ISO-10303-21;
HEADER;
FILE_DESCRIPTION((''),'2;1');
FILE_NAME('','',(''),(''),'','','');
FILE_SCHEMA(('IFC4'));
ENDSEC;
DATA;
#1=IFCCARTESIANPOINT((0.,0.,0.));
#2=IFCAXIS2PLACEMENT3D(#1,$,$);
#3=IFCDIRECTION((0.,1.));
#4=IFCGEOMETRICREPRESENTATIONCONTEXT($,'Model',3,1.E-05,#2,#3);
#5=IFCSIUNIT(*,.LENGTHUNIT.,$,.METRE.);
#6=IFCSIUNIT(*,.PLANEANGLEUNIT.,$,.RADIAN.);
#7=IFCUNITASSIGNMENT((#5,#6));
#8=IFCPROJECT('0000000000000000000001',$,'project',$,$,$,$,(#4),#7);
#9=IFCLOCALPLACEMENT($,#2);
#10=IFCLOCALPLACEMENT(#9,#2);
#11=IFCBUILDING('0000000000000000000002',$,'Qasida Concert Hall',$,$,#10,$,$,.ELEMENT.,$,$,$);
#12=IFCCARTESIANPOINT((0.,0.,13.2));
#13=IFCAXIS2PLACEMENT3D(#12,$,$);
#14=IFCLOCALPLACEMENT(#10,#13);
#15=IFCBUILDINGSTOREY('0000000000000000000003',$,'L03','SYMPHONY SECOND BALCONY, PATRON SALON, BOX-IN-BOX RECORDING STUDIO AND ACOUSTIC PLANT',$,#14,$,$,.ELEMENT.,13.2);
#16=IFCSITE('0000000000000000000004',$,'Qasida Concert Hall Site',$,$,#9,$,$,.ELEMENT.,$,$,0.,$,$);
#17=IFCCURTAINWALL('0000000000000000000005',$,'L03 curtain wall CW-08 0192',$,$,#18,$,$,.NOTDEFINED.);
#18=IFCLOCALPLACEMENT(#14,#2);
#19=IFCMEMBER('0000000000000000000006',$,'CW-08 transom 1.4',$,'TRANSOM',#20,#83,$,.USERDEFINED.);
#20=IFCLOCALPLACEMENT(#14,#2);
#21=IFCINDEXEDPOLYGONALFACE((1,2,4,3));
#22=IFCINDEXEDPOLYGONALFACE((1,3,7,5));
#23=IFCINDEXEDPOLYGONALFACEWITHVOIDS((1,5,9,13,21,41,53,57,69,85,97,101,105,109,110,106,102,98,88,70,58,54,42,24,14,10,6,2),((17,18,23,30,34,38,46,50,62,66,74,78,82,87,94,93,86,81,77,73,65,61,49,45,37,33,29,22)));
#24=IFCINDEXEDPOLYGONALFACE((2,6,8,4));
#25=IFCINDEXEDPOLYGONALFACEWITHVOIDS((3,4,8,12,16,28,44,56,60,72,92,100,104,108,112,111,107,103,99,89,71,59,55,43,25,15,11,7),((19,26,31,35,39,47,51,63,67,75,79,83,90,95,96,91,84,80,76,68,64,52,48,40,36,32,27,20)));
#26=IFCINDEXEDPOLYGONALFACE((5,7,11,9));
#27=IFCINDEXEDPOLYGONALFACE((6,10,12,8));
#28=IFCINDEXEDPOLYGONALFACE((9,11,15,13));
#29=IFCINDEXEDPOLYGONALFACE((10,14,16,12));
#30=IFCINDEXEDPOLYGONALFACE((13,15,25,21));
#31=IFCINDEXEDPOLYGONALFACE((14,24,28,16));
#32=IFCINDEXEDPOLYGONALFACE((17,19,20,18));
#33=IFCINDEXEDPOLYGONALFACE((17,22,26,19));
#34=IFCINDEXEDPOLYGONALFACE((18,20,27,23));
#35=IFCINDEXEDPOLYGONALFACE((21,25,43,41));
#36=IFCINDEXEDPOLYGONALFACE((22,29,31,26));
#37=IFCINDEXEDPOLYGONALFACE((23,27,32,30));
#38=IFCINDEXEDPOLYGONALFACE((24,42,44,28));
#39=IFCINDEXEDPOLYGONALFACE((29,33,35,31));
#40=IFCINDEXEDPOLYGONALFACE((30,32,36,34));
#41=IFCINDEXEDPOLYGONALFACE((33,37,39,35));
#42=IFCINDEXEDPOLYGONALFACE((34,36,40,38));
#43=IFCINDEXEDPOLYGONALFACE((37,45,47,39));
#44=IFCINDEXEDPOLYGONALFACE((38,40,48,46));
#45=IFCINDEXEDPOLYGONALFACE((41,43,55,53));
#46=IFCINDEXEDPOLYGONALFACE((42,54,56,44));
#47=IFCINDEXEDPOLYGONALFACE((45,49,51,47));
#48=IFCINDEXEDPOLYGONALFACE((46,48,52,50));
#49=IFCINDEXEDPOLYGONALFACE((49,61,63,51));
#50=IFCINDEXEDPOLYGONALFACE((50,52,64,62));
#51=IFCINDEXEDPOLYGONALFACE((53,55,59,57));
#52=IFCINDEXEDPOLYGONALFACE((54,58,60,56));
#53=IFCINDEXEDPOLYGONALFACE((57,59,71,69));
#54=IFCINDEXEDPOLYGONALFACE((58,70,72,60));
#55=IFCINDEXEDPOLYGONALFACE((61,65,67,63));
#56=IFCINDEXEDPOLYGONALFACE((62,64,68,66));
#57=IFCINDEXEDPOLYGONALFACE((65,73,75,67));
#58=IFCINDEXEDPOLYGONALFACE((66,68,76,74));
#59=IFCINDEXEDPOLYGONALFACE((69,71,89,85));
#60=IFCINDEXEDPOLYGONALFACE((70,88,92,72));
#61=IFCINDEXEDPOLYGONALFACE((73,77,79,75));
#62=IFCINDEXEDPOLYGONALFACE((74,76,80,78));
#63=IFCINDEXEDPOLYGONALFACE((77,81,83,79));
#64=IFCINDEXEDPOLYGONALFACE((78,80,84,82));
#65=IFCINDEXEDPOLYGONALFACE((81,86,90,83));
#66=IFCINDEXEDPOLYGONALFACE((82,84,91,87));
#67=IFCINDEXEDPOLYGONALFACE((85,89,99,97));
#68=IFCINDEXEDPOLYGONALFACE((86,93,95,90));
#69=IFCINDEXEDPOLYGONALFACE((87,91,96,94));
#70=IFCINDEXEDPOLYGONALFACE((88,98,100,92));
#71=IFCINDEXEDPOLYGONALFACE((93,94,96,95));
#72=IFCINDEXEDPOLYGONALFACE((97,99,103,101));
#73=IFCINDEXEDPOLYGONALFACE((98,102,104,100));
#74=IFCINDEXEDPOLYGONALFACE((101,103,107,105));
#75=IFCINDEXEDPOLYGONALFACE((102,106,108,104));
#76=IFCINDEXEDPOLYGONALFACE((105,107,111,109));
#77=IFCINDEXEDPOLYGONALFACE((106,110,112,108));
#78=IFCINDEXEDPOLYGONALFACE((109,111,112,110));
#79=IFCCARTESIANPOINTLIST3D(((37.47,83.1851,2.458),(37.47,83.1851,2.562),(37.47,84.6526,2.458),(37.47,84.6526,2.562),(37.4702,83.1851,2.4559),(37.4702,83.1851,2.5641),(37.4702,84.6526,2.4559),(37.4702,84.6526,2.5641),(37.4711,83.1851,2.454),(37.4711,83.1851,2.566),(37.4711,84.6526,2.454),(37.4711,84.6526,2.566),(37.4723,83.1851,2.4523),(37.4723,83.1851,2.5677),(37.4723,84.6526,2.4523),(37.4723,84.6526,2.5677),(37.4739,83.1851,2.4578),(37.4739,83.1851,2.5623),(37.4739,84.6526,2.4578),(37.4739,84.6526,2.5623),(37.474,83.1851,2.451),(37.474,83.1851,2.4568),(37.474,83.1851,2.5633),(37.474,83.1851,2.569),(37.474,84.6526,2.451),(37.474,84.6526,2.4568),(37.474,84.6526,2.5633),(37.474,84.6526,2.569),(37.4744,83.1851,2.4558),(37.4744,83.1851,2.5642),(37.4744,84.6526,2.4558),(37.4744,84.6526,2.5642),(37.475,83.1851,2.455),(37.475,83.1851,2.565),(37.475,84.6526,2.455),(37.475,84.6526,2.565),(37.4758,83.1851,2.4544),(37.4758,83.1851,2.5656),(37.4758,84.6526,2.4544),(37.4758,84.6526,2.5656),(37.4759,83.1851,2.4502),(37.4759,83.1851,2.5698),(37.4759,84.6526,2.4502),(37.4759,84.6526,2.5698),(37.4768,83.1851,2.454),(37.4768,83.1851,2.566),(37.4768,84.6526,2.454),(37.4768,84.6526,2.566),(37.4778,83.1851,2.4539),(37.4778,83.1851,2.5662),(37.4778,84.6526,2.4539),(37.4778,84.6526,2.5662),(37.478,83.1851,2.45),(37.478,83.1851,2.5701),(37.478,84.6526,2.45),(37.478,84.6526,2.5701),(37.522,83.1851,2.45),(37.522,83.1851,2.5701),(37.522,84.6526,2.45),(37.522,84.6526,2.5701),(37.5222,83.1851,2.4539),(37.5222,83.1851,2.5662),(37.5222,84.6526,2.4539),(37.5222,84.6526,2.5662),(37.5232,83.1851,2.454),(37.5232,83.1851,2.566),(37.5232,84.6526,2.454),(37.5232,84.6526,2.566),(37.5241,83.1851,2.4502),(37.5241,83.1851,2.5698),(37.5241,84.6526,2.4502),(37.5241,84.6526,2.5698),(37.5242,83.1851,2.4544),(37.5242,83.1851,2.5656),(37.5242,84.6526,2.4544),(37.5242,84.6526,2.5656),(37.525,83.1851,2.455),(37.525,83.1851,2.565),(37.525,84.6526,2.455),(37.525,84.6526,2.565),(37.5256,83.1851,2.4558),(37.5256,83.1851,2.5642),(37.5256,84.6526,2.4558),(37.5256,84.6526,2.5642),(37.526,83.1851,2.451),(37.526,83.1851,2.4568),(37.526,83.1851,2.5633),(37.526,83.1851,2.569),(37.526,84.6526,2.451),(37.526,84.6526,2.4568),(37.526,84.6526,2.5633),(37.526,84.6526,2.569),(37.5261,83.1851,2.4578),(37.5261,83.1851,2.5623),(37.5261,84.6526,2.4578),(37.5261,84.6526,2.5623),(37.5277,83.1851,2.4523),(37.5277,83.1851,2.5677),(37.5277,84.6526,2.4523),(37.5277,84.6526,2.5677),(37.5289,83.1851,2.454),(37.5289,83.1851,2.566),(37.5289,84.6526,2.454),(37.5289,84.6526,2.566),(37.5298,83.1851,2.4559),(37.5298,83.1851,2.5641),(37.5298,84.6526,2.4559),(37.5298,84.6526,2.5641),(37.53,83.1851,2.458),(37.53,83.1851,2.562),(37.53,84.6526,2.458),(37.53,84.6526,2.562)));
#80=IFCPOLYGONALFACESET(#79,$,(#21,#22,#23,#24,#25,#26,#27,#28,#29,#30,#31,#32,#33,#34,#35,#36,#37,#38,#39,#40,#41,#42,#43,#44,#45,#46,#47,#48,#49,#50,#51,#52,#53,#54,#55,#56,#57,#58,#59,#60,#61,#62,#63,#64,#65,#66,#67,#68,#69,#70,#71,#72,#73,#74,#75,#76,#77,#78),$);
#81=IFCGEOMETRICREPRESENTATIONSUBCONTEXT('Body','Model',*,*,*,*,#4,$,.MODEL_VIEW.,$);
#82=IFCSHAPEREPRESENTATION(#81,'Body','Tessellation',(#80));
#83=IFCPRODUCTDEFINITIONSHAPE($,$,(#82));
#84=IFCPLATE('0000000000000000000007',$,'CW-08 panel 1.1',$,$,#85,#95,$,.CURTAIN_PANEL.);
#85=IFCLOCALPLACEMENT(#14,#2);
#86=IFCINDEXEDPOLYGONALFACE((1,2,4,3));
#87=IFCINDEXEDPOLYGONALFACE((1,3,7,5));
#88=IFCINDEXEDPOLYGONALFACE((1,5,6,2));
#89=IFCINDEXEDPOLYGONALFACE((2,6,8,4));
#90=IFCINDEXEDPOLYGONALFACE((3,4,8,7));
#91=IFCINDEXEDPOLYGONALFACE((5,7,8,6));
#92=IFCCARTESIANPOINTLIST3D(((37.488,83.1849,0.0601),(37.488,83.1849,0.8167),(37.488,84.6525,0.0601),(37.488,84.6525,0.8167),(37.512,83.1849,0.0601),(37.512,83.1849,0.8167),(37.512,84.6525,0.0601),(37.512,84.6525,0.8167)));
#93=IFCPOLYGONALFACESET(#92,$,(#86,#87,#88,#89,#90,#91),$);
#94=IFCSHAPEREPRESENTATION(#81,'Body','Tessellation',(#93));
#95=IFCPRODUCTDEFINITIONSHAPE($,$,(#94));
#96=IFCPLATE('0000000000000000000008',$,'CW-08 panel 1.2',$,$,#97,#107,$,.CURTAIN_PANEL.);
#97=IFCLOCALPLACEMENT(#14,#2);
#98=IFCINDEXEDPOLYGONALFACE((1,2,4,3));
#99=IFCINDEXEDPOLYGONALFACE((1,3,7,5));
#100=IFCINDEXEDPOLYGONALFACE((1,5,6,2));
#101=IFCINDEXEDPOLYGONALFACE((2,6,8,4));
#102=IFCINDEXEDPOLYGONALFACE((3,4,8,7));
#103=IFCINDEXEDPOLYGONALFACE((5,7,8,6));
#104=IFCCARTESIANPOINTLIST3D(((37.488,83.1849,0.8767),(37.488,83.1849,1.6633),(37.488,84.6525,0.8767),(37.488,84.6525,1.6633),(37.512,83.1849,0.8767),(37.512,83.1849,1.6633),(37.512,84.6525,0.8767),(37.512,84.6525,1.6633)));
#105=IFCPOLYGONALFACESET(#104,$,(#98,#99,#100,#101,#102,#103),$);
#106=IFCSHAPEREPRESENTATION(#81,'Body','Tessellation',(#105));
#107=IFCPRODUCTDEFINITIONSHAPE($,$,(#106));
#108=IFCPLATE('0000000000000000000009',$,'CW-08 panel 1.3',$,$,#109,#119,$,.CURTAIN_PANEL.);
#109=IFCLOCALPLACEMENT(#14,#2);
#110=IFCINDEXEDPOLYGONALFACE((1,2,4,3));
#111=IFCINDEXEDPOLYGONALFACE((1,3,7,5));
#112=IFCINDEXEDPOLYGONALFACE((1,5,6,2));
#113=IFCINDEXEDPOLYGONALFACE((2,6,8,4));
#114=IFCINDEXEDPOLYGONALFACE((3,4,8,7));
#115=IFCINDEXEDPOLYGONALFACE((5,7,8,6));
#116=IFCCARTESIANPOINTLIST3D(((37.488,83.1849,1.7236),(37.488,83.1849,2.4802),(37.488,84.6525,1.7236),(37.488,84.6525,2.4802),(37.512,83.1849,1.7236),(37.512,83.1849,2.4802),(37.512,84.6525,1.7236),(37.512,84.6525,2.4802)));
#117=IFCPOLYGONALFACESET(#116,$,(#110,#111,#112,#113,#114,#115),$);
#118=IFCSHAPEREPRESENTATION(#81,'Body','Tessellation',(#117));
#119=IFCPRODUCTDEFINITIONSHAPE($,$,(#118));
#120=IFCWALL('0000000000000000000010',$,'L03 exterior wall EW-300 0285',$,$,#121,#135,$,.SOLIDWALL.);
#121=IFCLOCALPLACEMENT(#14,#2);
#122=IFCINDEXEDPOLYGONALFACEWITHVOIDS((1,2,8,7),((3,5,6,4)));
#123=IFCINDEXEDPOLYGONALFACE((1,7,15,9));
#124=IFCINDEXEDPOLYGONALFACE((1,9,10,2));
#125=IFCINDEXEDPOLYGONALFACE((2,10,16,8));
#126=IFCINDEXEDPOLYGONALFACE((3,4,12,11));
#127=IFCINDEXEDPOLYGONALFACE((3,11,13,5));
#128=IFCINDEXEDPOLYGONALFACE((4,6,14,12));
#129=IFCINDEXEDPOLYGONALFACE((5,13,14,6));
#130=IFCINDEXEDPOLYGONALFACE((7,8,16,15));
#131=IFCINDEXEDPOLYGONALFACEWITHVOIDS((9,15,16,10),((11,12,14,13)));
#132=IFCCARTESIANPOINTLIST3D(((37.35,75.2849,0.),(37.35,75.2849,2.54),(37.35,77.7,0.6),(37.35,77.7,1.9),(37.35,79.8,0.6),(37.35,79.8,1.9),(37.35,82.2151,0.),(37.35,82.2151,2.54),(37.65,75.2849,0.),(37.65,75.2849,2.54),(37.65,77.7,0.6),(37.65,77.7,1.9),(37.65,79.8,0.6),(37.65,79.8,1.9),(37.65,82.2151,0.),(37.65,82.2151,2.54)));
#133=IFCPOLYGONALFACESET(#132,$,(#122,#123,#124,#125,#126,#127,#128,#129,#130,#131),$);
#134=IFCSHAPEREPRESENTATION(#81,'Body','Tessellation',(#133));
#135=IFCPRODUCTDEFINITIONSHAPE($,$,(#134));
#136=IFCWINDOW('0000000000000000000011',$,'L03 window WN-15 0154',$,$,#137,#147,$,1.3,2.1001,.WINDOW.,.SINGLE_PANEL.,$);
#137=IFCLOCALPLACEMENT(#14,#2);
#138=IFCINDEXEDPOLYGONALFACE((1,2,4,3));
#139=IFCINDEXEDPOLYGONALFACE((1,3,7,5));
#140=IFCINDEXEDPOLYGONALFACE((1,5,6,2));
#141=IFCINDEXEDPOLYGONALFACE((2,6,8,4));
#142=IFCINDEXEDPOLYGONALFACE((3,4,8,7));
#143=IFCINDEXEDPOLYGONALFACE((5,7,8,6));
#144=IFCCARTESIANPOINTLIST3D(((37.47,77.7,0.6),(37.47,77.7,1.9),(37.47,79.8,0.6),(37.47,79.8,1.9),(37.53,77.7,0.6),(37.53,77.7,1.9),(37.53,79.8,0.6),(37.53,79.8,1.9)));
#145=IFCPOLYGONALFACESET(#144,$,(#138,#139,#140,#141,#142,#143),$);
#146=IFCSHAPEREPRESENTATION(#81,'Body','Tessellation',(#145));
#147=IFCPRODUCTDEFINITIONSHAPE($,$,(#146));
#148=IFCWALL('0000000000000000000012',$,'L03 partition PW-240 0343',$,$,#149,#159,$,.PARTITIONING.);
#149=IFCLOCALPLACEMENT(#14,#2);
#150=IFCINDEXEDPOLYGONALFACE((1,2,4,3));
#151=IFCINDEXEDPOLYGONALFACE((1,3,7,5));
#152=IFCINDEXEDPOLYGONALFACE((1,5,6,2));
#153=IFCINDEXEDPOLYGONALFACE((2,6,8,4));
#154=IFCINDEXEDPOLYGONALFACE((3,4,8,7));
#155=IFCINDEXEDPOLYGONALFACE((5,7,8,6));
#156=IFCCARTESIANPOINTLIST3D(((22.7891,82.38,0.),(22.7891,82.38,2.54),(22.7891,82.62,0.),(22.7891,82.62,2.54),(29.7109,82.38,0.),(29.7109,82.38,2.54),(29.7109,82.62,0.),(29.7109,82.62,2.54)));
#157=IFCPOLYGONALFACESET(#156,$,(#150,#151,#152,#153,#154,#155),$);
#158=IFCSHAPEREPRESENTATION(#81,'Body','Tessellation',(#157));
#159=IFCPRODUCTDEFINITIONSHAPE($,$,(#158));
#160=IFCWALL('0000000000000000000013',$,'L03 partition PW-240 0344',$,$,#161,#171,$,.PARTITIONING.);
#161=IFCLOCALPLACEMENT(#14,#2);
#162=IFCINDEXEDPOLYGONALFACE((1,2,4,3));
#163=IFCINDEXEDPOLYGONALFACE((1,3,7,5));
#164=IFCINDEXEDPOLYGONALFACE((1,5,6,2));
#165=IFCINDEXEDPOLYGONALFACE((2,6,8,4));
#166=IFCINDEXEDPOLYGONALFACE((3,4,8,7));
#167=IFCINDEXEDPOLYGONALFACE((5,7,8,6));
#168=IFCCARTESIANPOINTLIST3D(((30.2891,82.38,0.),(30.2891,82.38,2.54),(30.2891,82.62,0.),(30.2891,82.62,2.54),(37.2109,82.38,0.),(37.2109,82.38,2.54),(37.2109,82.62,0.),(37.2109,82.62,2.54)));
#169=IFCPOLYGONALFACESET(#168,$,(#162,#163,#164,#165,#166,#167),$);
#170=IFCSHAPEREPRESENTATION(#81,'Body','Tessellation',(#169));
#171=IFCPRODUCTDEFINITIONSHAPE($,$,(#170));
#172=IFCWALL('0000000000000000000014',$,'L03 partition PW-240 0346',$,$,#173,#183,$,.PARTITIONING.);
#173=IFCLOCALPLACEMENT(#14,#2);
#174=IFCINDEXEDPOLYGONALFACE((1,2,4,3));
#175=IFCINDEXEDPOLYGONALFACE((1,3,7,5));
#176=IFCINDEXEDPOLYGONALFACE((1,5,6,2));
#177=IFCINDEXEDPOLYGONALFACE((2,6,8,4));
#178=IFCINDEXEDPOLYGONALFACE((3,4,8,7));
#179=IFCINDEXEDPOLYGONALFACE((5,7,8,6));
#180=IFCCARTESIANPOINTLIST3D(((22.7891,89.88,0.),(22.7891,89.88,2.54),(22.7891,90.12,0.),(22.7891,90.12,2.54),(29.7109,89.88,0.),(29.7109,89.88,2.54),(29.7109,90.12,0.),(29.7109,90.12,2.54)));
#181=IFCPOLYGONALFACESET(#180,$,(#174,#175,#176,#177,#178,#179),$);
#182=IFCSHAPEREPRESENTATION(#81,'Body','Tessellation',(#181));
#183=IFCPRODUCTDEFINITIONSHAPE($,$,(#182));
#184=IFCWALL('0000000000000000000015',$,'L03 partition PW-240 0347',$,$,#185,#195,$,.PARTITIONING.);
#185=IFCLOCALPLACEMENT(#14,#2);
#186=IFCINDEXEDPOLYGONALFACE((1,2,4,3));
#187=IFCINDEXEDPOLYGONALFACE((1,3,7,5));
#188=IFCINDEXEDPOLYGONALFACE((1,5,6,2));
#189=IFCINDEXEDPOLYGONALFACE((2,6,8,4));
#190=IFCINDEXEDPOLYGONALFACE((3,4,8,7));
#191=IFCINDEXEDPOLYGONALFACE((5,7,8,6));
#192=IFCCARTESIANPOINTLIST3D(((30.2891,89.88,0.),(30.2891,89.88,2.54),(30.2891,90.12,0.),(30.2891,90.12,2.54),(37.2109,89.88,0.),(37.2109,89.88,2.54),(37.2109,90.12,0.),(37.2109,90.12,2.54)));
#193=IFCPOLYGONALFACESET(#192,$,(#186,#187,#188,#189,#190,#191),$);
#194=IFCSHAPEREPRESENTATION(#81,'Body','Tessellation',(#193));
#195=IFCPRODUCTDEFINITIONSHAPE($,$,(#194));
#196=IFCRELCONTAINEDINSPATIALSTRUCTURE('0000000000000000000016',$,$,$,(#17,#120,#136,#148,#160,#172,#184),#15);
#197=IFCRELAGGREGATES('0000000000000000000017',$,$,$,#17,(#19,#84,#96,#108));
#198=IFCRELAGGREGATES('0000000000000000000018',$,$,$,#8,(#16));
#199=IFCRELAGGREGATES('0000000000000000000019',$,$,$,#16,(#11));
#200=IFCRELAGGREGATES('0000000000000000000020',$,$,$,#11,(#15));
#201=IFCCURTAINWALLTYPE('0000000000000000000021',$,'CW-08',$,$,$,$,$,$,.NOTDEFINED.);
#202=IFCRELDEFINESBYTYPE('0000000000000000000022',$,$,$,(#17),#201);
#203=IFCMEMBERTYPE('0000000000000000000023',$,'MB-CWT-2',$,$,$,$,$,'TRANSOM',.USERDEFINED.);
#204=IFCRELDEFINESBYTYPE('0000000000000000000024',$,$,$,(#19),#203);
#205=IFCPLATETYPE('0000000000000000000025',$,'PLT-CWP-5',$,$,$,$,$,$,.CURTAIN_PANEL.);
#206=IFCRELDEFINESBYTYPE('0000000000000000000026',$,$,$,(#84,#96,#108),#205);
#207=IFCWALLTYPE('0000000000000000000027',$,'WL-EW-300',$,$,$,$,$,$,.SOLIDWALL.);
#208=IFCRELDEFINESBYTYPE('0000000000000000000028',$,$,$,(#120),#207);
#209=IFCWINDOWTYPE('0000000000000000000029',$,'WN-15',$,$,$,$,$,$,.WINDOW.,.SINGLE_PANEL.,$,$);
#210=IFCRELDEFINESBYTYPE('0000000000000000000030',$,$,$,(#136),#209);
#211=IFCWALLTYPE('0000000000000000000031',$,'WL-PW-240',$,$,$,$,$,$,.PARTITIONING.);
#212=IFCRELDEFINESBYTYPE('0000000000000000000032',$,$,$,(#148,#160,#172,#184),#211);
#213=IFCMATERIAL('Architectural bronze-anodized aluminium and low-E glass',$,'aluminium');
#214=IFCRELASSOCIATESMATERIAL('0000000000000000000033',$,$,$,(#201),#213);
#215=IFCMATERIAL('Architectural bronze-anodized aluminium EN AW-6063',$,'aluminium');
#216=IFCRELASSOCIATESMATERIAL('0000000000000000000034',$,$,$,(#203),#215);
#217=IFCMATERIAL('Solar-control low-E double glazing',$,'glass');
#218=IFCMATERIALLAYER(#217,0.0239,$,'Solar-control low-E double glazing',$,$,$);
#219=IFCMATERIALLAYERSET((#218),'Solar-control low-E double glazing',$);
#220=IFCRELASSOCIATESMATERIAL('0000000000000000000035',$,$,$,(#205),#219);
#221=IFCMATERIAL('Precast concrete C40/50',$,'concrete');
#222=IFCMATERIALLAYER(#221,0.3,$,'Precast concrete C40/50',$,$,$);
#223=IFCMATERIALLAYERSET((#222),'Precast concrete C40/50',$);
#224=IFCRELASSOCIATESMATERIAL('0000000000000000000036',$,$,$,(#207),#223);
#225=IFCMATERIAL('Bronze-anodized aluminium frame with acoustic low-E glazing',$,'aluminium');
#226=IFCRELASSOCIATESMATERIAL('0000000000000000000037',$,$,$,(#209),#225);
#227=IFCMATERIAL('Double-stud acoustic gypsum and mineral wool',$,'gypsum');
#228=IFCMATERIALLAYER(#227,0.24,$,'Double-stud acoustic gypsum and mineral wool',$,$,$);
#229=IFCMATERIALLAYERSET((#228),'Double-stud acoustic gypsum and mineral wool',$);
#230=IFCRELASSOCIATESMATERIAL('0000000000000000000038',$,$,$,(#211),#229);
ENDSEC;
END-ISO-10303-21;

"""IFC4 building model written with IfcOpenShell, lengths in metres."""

from ifc_helpers import new_model, si_unit, direction, frame, frame_2d, origin, origin_2d, place, context, subcontext, project, spatial, rectangle, hollow_rectangle, extrude, material, layer, layer_set, material_profile, profile_set, type_object, element, fill, aggregate, save


model = new_model("IFC4")

# Units and contexts
model_context = context("Model", 3, precision=1e-05, world=origin(), true_north=direction((0.0, 1.0)))
body_context = subcontext(model_context, "Body", "Model", "MODEL_VIEW")
ifc_project = project(units=[si_unit("LENGTHUNIT", "METRE"), si_unit("PLANEANGLEUNIT", "RADIAN")], contexts=[model_context])

# Site, building, storey
site_placement = place(None, origin())
site = spatial("IfcSite", under=ifc_project, at=site_placement, Name="Qasida Concert Hall Site", CompositionType="ELEMENT", RefElevation=0.0)
building_placement = place(site_placement, origin())
building = spatial("IfcBuilding", under=site, at=building_placement, Name="Qasida Concert Hall", CompositionType="ELEMENT")
storey_placement = place(building_placement, frame((0.0, 0.0, 13.2)))
storey = spatial("IfcBuildingStorey", under=building, at=storey_placement, Name="L03", Description="SYMPHONY SECOND BALCONY, PATRON SALON, BOX-IN-BOX RECORDING STUDIO AND ACOUSTIC PLANT", CompositionType="ELEMENT", Elevation=13.2)

# Curtain wall, member, plates
ifc_material_1 = material(Name="Architectural bronze-anodized aluminium and low-E glass", Category="aluminium")
curtain_wall_type = type_object("IfcCurtainWallType", Name="CW-08", PredefinedType="NOTDEFINED", material=ifc_material_1)
curtain_wall_placement = place(storey_placement, origin())
curtain_wall = element("IfcCurtainWall", 1, at=curtain_wall_placement, inside=storey, type_object=curtain_wall_type, Name="L03 curtain wall CW-08 0192", PredefinedType="NOTDEFINED")
ifc_material_2 = material(Name="Architectural bronze-anodized aluminium EN AW-6063", Category="aluminium")
ifc_material_profile_1 = material_profile(ifc_material_2, hollow_rectangle(XDim=0.0601, YDim=0.1201, WallThickness=0.0039, InnerFilletRadius=0.0039, OuterFilletRadius=0.0081, at=origin_2d()), Name="CWT 120x60x4")
ifc_profile_set_1 = profile_set([ifc_material_profile_1], Name="Architectural bronze-anodized aluminium EN AW-6063")
member_type_1 = type_object("IfcMemberType", Name="MB-CWT-2", ElementType="TRANSOM", PredefinedType="USERDEFINED", material=ifc_profile_set_1)
member_1_placement = place(storey_placement, frame((37.5, 83.1851, 2.51), z_axis=(0.0, 1.0, 0.0), x_axis=(-1.0, 0.0, 0.0)))
member_1 = element("IfcMember", 2, at=member_1_placement, type_object=member_type_1, Name="CW-08 transom 1.4", ObjectType="TRANSOM", PredefinedType="USERDEFINED", context=body_context, shape_type="SweptSolid", body=[
    extrude(hollow_rectangle(XDim=0.0601, YDim=0.1201, WallThickness=0.0039, InnerFilletRadius=0.0039, OuterFilletRadius=0.0081, at=origin_2d()), origin(), (0.0, 0.0, 1.0), 1.4675),
])
ifc_material_3 = material(Name="Solar-control low-E double glazing", Category="glass")
ifc_layer_1 = layer(ifc_material_3, 0.0239, Name="Solar-control low-E double glazing")
ifc_layer_set_1 = layer_set([ifc_layer_1], Name="Solar-control low-E double glazing")
plate_type = type_object("IfcPlateType", Name="PLT-CWP-5", PredefinedType="CURTAIN_PANEL", material=ifc_layer_set_1)
plate_1_placement = place(storey_placement, frame((37.5, 83.9187, 0.0601), z_axis=(0.0, 0.0, 1.0), x_axis=(0.0, 1.0, 0.0)))
plate_1 = element("IfcPlate", 3, at=plate_1_placement, type_object=plate_type, Name="CW-08 panel 1.1", PredefinedType="CURTAIN_PANEL", context=body_context, shape_type="SweptSolid", body=[
    extrude(rectangle(XDim=1.4675, YDim=0.0239, at=origin_2d()), origin(), (0.0, 0.0, 1.0), 0.7566),
])
plate_2_placement = place(storey_placement, frame((37.5, 83.9187, 0.8767), z_axis=(0.0, 0.0, 1.0), x_axis=(0.0, 1.0, 0.0)))
plate_2 = element("IfcPlate", 4, at=plate_2_placement, type_object=plate_type, Name="CW-08 panel 1.2", PredefinedType="CURTAIN_PANEL", context=body_context, shape_type="SweptSolid", body=[
    extrude(rectangle(XDim=1.4675, YDim=0.0239, at=origin_2d()), origin(), (0.0, 0.0, 1.0), 0.7866),
])
plate_3_placement = place(storey_placement, frame((37.5, 83.9187, 1.7236), z_axis=(0.0, 0.0, 1.0), x_axis=(0.0, 1.0, 0.0)))
plate_3 = element("IfcPlate", 5, at=plate_3_placement, type_object=plate_type, Name="CW-08 panel 1.3", PredefinedType="CURTAIN_PANEL", context=body_context, shape_type="SweptSolid", body=[
    extrude(rectangle(XDim=1.4675, YDim=0.0239, at=origin_2d()), origin(), (0.0, 0.0, 1.0), 0.7566),
])
aggregate(curtain_wall, [member_1, plate_1, plate_2, plate_3])

# Wall, opening, window
ifc_material_4 = material(Name="Precast concrete C40/50", Category="concrete")
ifc_layer_2 = layer(ifc_material_4, 0.3, Name="Precast concrete C40/50")
ifc_layer_set_2 = layer_set([ifc_layer_2], Name="Precast concrete C40/50")
wall_type_1 = type_object("IfcWallType", Name="WL-EW-300", PredefinedType="SOLIDWALL", material=ifc_layer_set_2)
wall_placement = place(storey_placement, frame((37.5, 75.2849, 0.0), z_axis=(0.0, 0.0, 1.0), x_axis=(0.0, 1.0, 0.0)))
wall = element("IfcWall", 6, at=wall_placement, inside=storey, type_object=wall_type_1, Name="L03 exterior wall EW-300 0285", PredefinedType="SOLIDWALL", context=body_context, shape_type="SweptSolid", body=[
    extrude(rectangle(XDim=6.9302, YDim=0.3, at=frame_2d((3.4651, 0.0))), origin(), (0.0, 0.0, 1.0), 2.54),
])
opening_placement = place(wall_placement, frame((2.415, 0.0, 0.6001)))
opening = element("IfcOpeningElement", 7, at=opening_placement, cuts=wall, PredefinedType="OPENING", context=body_context, shape_type="SweptSolid", body=[
    extrude(rectangle(XDim=2.1001, YDim=1.3, at=frame_2d((1.05, 0.6499))), frame((0.0, 0.1599, 0.0), z_axis=(0.0, -1.0, 0.0), x_axis=(1.0, 0.0, 0.0)), (0.0, 0.0, 1.0), 0.3201),
])
ifc_material_5 = material(Name="Bronze-anodized aluminium frame with acoustic low-E glazing", Category="aluminium")
window_type = type_object("IfcWindowType", Name="WN-15", PartitioningType="SINGLE_PANEL", PredefinedType="WINDOW", material=ifc_material_5)
window_placement = place(opening_placement, origin())
window = element("IfcWindow", 8, at=window_placement, inside=storey, type_object=window_type, Name="L03 window WN-15 0154", OverallHeight=1.3, OverallWidth=2.1001, PartitioningType="SINGLE_PANEL", PredefinedType="WINDOW", context=body_context, shape_type="SweptSolid", body=[
    extrude(rectangle(XDim=2.1001, YDim=1.3, at=frame_2d((1.05, 0.6499))), frame((0.0, 0.03, 0.0), z_axis=(0.0, -1.0, 0.0), x_axis=(1.0, 0.0, 0.0)), (0.0, 0.0, 1.0), 0.0601),
])
fill(opening, window)

# Walls
ifc_material_6 = material(Name="Double-stud acoustic gypsum and mineral wool", Category="gypsum")
ifc_layer_3 = layer(ifc_material_6, 0.24, Name="Double-stud acoustic gypsum and mineral wool")
ifc_layer_set_3 = layer_set([ifc_layer_3], Name="Double-stud acoustic gypsum and mineral wool")
wall_type_2 = type_object("IfcWallType", Name="WL-PW-240", PredefinedType="PARTITIONING", material=ifc_layer_set_3)
for number, where, z_axis, x_axis, name in (
    (9, (22.7891, 82.5, 0.0), (0.0, 0.0, 1.0), (1.0, 0.0, 0.0), "L03 partition PW-240 0343"),
    (10, (30.2891, 82.5, 0.0), (0.0, 0.0, 1.0), (1.0, 0.0, 0.0), "L03 partition PW-240 0344"),
    (11, (22.7891, 90.0, 0.0), (0.0, 0.0, 1.0), (1.0, 0.0, 0.0), "L03 partition PW-240 0346"),
    (12, (30.2891, 90.0, 0.0), (0.0, 0.0, 1.0), (1.0, 0.0, 0.0), "L03 partition PW-240 0347"),
):
    element("IfcWall", number, at=place(storey_placement, frame(where, z_axis=z_axis, x_axis=x_axis)), inside=storey, type_object=wall_type_2, Name=name, PredefinedType="PARTITIONING", context=body_context, shape_type="SweptSolid", body=[
        extrude(rectangle(XDim=6.9219, YDim=0.24, at=frame_2d((3.4609, 0.0))), origin(), (0.0, 0.0, 1.0), 2.54),
    ])

save(model, "model.ifc")
